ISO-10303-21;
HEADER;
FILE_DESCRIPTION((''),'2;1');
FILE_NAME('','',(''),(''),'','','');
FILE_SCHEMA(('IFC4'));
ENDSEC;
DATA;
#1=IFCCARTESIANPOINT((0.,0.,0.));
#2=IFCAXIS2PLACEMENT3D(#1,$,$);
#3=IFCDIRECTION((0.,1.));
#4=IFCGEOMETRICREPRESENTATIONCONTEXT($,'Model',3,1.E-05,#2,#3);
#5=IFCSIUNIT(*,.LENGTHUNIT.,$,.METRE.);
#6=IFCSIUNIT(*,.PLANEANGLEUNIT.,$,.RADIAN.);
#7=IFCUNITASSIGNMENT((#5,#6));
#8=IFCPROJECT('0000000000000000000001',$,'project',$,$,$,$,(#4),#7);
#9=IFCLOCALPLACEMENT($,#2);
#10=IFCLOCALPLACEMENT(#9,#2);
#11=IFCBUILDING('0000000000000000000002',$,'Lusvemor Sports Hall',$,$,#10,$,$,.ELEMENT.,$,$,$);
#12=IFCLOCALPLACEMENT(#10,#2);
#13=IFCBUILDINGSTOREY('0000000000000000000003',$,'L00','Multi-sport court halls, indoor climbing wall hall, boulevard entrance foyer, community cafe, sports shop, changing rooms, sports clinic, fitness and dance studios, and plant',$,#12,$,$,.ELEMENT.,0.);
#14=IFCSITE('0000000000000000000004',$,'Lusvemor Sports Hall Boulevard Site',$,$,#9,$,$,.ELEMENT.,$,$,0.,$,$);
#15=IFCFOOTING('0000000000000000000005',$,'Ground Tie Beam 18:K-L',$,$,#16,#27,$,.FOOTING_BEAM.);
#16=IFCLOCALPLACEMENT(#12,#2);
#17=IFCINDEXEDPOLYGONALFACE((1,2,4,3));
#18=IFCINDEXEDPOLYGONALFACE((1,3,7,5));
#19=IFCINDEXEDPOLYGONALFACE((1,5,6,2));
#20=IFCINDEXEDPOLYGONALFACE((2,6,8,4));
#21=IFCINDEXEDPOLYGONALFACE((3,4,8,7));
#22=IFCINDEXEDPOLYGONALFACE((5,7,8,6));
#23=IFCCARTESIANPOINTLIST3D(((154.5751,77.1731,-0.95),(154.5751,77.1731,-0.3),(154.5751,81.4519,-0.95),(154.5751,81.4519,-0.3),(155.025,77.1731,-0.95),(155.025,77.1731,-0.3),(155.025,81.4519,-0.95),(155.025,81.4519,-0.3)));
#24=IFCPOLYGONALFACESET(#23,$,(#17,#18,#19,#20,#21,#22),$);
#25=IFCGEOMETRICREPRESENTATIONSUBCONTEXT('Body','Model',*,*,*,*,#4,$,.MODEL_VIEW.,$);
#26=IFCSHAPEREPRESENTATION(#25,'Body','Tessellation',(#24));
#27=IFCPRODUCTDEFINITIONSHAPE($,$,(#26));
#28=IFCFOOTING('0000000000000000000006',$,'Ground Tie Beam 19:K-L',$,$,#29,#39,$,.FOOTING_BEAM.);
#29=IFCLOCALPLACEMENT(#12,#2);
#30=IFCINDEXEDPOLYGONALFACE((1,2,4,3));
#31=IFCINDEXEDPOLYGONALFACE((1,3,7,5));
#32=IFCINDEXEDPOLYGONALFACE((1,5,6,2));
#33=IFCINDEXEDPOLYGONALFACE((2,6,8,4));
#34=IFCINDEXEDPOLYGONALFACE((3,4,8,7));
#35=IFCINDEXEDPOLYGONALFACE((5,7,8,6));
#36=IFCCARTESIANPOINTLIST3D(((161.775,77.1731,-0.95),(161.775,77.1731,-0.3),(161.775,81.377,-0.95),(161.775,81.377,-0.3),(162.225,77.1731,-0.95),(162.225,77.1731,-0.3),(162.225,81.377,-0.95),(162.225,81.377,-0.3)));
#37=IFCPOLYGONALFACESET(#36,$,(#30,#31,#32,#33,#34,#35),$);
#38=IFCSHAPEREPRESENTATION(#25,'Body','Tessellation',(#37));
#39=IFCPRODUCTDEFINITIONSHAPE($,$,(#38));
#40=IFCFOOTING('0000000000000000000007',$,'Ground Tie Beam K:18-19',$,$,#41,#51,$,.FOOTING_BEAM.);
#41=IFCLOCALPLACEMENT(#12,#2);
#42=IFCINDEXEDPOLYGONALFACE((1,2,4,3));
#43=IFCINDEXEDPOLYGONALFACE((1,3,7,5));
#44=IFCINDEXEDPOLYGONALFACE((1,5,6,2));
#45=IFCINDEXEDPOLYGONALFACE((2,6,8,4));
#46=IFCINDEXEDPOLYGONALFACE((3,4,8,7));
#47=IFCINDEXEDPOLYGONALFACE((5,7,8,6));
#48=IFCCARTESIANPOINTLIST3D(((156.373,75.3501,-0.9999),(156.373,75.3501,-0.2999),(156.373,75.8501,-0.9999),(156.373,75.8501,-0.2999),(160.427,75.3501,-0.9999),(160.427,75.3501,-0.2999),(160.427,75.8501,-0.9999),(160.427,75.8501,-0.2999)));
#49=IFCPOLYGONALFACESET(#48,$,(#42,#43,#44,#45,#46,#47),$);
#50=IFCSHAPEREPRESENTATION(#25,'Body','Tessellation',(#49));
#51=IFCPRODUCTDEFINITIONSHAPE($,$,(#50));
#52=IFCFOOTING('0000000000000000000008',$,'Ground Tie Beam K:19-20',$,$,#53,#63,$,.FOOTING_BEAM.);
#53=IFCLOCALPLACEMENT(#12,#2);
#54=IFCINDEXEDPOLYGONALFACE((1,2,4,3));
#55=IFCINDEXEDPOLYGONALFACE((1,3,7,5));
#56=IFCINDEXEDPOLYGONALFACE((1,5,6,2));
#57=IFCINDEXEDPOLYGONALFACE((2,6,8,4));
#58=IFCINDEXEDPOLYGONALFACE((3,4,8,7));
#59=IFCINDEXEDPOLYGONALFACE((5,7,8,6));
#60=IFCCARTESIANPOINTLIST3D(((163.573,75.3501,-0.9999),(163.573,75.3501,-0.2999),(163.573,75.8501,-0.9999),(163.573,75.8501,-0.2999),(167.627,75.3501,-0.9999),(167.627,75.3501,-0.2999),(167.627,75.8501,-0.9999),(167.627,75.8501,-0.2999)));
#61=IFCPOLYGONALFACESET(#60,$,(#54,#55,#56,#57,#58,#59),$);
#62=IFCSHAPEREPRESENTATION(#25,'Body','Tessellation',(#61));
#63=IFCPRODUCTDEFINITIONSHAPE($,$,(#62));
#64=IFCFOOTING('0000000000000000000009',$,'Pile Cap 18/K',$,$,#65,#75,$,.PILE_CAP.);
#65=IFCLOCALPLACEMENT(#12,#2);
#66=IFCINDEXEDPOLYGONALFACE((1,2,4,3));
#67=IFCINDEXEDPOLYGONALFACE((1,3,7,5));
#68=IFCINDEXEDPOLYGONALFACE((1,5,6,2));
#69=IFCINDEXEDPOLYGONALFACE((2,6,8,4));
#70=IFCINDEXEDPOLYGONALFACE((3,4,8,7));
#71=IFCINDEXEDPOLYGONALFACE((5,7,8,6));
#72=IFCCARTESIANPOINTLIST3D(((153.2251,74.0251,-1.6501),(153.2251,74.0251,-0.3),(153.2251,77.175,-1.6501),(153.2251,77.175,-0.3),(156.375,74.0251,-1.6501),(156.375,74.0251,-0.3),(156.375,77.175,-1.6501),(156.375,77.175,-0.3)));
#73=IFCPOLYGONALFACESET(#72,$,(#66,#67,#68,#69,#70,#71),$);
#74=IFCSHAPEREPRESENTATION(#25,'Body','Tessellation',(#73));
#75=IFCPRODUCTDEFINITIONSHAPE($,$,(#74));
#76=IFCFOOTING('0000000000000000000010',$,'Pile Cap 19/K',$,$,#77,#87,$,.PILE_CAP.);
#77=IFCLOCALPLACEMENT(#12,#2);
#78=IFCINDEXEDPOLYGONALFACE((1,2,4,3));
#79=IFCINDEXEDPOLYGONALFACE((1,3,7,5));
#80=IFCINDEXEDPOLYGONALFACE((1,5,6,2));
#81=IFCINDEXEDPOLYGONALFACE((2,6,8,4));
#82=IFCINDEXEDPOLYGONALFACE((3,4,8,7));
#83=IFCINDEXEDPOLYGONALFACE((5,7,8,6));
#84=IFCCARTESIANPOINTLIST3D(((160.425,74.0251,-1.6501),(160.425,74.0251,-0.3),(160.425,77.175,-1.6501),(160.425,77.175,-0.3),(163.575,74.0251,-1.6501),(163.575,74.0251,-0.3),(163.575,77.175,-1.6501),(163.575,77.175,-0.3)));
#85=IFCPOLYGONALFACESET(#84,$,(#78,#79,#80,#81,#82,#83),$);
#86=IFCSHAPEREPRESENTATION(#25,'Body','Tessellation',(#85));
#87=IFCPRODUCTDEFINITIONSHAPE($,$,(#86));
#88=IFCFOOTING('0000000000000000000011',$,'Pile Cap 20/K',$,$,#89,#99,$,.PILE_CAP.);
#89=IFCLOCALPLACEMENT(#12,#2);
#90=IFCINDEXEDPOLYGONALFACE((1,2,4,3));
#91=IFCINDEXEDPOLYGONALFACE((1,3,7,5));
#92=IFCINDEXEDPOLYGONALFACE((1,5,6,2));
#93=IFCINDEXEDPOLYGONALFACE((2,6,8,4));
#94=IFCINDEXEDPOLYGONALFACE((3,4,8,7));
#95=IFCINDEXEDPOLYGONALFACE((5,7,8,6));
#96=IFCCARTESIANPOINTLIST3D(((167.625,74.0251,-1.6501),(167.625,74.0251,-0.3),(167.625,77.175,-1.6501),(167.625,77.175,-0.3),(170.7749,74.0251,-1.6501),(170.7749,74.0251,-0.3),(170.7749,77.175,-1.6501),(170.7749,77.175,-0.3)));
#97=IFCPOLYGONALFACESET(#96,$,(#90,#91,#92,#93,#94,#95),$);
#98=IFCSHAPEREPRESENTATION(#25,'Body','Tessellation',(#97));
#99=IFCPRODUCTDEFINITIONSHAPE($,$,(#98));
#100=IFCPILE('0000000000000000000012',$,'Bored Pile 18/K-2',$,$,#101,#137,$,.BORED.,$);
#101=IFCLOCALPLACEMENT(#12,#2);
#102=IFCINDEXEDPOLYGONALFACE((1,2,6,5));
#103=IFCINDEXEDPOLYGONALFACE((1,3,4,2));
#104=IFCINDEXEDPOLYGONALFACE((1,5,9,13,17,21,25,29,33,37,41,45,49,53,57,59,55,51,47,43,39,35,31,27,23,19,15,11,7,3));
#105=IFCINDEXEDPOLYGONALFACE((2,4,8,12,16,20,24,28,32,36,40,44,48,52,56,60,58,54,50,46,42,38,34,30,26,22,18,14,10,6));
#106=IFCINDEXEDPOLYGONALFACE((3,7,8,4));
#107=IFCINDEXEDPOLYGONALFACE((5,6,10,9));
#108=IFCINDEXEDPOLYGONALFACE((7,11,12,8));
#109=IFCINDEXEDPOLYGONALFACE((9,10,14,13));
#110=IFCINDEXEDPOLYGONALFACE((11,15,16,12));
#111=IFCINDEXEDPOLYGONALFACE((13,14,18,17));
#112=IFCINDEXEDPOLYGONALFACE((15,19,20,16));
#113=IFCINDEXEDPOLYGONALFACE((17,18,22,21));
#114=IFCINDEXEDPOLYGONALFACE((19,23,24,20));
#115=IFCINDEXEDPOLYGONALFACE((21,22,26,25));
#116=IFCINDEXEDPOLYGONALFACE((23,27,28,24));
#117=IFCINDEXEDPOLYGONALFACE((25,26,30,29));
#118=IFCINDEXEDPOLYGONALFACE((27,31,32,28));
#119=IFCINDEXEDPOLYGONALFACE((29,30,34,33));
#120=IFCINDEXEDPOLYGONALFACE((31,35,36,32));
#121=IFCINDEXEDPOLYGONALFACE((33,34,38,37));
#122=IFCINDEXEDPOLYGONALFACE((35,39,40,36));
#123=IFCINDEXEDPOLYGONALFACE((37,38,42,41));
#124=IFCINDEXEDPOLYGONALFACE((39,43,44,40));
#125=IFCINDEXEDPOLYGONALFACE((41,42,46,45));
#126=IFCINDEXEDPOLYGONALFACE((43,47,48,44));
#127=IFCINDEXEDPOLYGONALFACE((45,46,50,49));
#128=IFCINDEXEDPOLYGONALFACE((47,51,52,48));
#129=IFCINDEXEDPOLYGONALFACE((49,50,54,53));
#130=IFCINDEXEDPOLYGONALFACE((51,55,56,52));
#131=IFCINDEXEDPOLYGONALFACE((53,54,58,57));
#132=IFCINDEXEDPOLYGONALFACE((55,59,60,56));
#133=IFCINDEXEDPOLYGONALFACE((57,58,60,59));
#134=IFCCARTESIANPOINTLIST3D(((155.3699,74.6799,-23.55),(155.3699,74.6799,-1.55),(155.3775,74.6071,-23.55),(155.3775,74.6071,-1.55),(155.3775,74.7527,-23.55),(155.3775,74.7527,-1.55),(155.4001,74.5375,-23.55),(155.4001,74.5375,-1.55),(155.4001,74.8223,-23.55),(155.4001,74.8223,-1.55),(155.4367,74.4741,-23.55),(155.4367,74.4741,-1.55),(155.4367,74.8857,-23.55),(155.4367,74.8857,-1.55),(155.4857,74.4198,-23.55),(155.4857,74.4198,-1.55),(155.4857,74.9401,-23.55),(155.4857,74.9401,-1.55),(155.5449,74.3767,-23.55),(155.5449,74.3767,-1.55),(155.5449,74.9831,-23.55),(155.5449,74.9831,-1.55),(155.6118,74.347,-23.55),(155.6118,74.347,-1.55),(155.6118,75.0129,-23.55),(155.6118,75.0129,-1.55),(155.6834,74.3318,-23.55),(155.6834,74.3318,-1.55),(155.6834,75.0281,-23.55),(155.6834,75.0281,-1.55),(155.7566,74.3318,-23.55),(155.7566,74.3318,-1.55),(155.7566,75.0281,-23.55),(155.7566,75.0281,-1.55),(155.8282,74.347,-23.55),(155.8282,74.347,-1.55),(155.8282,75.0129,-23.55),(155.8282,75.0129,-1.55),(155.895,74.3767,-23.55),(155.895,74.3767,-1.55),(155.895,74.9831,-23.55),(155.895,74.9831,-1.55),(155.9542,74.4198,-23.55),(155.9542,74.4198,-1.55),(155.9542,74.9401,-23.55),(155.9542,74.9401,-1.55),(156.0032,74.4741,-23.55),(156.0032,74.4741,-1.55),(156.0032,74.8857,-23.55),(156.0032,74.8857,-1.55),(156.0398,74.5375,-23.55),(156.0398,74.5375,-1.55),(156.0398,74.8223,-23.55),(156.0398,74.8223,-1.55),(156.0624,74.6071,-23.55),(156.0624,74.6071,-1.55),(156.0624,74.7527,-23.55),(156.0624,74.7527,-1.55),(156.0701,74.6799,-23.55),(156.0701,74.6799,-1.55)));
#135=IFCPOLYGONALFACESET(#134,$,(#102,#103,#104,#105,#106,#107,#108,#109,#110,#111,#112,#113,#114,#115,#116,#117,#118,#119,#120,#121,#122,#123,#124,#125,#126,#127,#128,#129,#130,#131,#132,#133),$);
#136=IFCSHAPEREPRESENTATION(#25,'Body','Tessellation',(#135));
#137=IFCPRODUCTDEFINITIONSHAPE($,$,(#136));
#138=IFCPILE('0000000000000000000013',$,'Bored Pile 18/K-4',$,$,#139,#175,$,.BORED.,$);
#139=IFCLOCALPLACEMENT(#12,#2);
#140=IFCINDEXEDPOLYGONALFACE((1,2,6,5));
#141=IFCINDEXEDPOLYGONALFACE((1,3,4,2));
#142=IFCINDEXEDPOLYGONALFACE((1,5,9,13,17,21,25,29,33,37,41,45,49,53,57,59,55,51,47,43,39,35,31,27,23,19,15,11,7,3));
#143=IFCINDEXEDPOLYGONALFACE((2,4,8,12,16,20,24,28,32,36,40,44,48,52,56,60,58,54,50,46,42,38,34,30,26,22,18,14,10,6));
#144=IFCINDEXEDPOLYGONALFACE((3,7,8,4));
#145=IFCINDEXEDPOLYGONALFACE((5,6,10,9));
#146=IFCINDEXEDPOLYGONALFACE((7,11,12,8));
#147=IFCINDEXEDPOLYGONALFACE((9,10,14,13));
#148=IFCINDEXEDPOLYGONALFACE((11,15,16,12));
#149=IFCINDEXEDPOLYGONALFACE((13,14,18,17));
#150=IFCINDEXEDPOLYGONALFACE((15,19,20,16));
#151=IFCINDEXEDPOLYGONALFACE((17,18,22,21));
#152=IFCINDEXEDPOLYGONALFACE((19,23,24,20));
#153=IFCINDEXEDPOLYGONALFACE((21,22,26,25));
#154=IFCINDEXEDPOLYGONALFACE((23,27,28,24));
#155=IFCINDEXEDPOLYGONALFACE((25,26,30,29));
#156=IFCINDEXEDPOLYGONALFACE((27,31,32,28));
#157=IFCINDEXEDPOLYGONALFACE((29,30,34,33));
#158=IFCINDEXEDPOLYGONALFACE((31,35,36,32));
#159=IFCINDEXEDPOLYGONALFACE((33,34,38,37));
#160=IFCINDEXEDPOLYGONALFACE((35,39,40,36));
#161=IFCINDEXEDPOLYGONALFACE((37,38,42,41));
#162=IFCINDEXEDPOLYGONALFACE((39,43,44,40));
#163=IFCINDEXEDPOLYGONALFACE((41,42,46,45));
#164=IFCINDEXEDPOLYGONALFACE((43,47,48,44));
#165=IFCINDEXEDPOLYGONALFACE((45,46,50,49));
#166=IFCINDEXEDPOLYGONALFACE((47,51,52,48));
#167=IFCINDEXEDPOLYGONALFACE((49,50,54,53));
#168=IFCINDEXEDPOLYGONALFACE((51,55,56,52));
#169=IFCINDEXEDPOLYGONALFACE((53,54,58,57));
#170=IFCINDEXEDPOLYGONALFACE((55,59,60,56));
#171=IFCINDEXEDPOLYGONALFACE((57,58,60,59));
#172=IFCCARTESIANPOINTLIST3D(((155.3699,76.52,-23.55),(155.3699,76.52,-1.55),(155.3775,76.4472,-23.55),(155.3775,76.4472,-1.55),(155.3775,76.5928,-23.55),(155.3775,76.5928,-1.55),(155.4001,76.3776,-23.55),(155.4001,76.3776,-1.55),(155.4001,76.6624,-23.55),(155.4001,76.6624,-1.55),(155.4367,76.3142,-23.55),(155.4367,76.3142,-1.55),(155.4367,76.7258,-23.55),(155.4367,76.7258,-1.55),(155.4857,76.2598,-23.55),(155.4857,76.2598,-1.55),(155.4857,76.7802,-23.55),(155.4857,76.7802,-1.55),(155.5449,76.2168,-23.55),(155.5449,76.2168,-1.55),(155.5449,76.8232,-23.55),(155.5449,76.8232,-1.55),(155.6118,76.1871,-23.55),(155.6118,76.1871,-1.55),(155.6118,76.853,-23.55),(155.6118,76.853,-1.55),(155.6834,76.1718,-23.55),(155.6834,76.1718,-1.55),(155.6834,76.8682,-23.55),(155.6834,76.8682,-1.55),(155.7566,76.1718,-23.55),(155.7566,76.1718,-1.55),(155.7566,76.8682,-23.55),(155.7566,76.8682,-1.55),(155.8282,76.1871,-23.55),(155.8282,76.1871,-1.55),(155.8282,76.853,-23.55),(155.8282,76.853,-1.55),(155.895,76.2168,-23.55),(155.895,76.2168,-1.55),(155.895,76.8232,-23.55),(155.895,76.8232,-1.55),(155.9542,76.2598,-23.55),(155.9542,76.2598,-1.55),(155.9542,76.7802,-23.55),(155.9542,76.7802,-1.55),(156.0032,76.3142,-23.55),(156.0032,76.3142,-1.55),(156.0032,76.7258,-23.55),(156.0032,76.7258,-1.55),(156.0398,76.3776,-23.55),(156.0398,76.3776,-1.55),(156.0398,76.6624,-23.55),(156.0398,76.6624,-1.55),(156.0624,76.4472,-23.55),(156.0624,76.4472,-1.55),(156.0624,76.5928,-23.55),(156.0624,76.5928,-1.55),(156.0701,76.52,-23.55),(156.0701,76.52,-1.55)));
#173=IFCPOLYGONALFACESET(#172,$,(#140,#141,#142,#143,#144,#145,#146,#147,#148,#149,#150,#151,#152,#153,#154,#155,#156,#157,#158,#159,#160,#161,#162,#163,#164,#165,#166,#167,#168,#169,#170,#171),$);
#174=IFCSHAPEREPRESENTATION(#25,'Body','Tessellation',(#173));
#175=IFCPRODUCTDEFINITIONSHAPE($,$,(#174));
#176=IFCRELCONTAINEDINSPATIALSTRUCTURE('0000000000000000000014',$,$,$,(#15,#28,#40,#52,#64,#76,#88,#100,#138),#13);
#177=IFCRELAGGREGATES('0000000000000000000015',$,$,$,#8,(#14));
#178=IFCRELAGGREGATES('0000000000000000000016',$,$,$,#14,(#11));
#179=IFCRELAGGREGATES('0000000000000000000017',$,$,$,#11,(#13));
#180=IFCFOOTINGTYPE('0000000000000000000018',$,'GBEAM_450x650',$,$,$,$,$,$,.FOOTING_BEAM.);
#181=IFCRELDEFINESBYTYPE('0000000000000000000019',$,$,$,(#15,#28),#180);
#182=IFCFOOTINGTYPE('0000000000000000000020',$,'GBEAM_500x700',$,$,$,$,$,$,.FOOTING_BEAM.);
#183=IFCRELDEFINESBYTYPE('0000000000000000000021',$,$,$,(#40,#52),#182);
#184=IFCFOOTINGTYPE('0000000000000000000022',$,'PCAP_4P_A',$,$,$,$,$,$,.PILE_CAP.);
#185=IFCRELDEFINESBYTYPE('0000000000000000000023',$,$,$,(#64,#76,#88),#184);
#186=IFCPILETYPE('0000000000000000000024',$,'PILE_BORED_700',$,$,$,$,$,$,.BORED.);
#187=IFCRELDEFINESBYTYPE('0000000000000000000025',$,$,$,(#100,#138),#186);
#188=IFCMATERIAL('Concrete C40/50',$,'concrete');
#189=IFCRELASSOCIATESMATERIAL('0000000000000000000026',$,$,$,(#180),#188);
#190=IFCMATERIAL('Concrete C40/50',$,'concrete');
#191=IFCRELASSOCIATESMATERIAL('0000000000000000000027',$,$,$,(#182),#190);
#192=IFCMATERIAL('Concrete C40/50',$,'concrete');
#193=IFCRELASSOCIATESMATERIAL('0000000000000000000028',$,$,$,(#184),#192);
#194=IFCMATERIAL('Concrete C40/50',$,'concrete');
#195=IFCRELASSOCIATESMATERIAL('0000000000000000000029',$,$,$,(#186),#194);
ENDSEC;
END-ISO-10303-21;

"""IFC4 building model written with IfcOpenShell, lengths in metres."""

from ifc_helpers import new_model, si_unit, direction, frame, origin, origin_2d, place, context, subcontext, project, spatial, rectangle, circle, extrude, material, material_profile, profile_set, type_object, element, save


model = new_model("IFC4")

# Units and contexts
model_context = context("Model", 3, precision=1e-05, world=origin(), true_north=direction((0.0, 1.0)))
body_context = subcontext(model_context, "Body", "Model", "MODEL_VIEW")
ifc_project = project(units=[si_unit("LENGTHUNIT", "METRE"), si_unit("PLANEANGLEUNIT", "RADIAN")], contexts=[model_context])

# Site, building, storey
site_placement = place(None, origin())
site = spatial("IfcSite", under=ifc_project, at=site_placement, Name="Lusvemor Sports Hall Boulevard Site", CompositionType="ELEMENT", RefElevation=0.0)
building_placement = place(site_placement, origin())
building = spatial("IfcBuilding", under=site, at=building_placement, Name="Lusvemor Sports Hall", CompositionType="ELEMENT")
storey_placement = place(building_placement, origin())
storey = spatial("IfcBuildingStorey", under=building, at=storey_placement, Name="L00", Description="Multi-sport court halls, indoor climbing wall hall, boulevard entrance foyer, community cafe, sports shop, changing rooms, sports clinic, fitness and dance studios, and plant", CompositionType="ELEMENT", Elevation=0.0)

# Footings
ifc_material_1 = material(Name="Concrete C40/50", Category="concrete")
ifc_material_profile_1 = material_profile(ifc_material_1, rectangle(XDim=0.45, YDim=0.6499, at=origin_2d()), Name="GB_450x650")
ifc_profile_set_1 = profile_set([ifc_material_profile_1], Name="Concrete C40/50")
footing_type_1 = type_object("IfcFootingType", Name="GBEAM_450x650", PredefinedType="FOOTING_BEAM", material=ifc_profile_set_1)
footing_1_placement = place(storey_placement, frame((154.8, 77.1731, -0.625), z_axis=(0.0, 1.0, 0.0), x_axis=(-1.0, 0.0, 0.0)))
element("IfcFooting", 1, at=footing_1_placement, inside=storey, type_object=footing_type_1, Name="Ground Tie Beam 18:K-L", PredefinedType="FOOTING_BEAM", context=body_context, shape_type="SweptSolid", body=[
    extrude(rectangle(XDim=0.45, YDim=0.6499, at=origin_2d()), origin(), (0.0, 0.0, 1.0), 4.2788),
])
footing_2_placement = place(storey_placement, frame((162.0, 77.1731, -0.625), z_axis=(0.0, 1.0, 0.0), x_axis=(-1.0, 0.0, 0.0)))
element("IfcFooting", 2, at=footing_2_placement, inside=storey, type_object=footing_type_1, Name="Ground Tie Beam 19:K-L", PredefinedType="FOOTING_BEAM", context=body_context, shape_type="SweptSolid", body=[
    extrude(rectangle(XDim=0.45, YDim=0.6499, at=origin_2d()), origin(), (0.0, 0.0, 1.0), 4.2039),
])
ifc_material_2 = material(Name="Concrete C40/50", Category="concrete")
ifc_material_profile_2 = material_profile(ifc_material_2, rectangle(XDim=0.5, YDim=0.7, at=origin_2d()), Name="GB_500x700")
ifc_profile_set_2 = profile_set([ifc_material_profile_2], Name="Concrete C40/50")
footing_type_2 = type_object("IfcFootingType", Name="GBEAM_500x700", PredefinedType="FOOTING_BEAM", material=ifc_profile_set_2)
for number, where, z_axis, x_axis, name in (
    (3, (156.373, 75.6001, -0.6499), (1.0, 0.0, 0.0), (0.0, 1.0, 0.0), "Ground Tie Beam K:18-19"),
    (4, (163.573, 75.6001, -0.6499), (1.0, 0.0, 0.0), (0.0, 1.0, 0.0), "Ground Tie Beam K:19-20"),
):
    element("IfcFooting", number, at=place(storey_placement, frame(where, z_axis=z_axis, x_axis=x_axis)), inside=storey, type_object=footing_type_2, Name=name, PredefinedType="FOOTING_BEAM", context=body_context, shape_type="SweptSolid", body=[
        extrude(rectangle(XDim=0.5, YDim=0.7, at=origin_2d()), origin(), (0.0, 0.0, 1.0), 4.054),
    ])
ifc_material_3 = material(Name="Concrete C40/50", Category="concrete")
footing_type_3 = type_object("IfcFootingType", Name="PCAP_4P_A", PredefinedType="PILE_CAP", material=ifc_material_3)
for number, where, z_axis, x_axis, name in (
    (5, (154.8, 75.6001, -1.6501), (0.0, 0.0, 1.0), (1.0, 0.0, 0.0), "Pile Cap 18/K"),
    (6, (162.0, 75.6001, -1.6501), (0.0, 0.0, 1.0), (1.0, 0.0, 0.0), "Pile Cap 19/K"),
    (7, (169.2, 75.6001, -1.6501), (0.0, 0.0, 1.0), (1.0, 0.0, 0.0), "Pile Cap 20/K"),
):
    element("IfcFooting", number, at=place(storey_placement, frame(where, z_axis=z_axis, x_axis=x_axis)), inside=storey, type_object=footing_type_3, Name=name, PredefinedType="PILE_CAP", context=body_context, shape_type="SweptSolid", body=[
        extrude(rectangle(XDim=3.1499, YDim=3.1499, at=origin_2d()), origin(), (0.0, 0.0, 1.0), 1.3501),
    ])

# Piles
ifc_material_4 = material(Name="Concrete C40/50", Category="concrete")
ifc_material_profile_3 = material_profile(ifc_material_4, circle(Radius=0.3501, at=origin_2d()), Name="PILE700")
ifc_profile_set_3 = profile_set([ifc_material_profile_3], Name="Concrete C40/50")
pile_type = type_object("IfcPileType", Name="PILE_BORED_700", PredefinedType="BORED", material=ifc_profile_set_3)
for number, where, z_axis, x_axis, name in (
    (8, (155.72, 74.6799, -1.55), (0.0, 0.0, -1.0), (1.0, 0.0, 0.0), "Bored Pile 18/K-2"),
    (9, (155.72, 76.52, -1.55), (0.0, 0.0, -1.0), (1.0, 0.0, 0.0), "Bored Pile 18/K-4"),
):
    element("IfcPile", number, at=place(storey_placement, frame(where, z_axis=z_axis, x_axis=x_axis)), inside=storey, type_object=pile_type, Name=name, PredefinedType="BORED", context=body_context, shape_type="SweptSolid", body=[
        extrude(circle(Radius=0.3501, at=origin_2d()), origin(), (0.0, 0.0, 1.0), 22.0),
    ])

save(model, "model.ifc")
